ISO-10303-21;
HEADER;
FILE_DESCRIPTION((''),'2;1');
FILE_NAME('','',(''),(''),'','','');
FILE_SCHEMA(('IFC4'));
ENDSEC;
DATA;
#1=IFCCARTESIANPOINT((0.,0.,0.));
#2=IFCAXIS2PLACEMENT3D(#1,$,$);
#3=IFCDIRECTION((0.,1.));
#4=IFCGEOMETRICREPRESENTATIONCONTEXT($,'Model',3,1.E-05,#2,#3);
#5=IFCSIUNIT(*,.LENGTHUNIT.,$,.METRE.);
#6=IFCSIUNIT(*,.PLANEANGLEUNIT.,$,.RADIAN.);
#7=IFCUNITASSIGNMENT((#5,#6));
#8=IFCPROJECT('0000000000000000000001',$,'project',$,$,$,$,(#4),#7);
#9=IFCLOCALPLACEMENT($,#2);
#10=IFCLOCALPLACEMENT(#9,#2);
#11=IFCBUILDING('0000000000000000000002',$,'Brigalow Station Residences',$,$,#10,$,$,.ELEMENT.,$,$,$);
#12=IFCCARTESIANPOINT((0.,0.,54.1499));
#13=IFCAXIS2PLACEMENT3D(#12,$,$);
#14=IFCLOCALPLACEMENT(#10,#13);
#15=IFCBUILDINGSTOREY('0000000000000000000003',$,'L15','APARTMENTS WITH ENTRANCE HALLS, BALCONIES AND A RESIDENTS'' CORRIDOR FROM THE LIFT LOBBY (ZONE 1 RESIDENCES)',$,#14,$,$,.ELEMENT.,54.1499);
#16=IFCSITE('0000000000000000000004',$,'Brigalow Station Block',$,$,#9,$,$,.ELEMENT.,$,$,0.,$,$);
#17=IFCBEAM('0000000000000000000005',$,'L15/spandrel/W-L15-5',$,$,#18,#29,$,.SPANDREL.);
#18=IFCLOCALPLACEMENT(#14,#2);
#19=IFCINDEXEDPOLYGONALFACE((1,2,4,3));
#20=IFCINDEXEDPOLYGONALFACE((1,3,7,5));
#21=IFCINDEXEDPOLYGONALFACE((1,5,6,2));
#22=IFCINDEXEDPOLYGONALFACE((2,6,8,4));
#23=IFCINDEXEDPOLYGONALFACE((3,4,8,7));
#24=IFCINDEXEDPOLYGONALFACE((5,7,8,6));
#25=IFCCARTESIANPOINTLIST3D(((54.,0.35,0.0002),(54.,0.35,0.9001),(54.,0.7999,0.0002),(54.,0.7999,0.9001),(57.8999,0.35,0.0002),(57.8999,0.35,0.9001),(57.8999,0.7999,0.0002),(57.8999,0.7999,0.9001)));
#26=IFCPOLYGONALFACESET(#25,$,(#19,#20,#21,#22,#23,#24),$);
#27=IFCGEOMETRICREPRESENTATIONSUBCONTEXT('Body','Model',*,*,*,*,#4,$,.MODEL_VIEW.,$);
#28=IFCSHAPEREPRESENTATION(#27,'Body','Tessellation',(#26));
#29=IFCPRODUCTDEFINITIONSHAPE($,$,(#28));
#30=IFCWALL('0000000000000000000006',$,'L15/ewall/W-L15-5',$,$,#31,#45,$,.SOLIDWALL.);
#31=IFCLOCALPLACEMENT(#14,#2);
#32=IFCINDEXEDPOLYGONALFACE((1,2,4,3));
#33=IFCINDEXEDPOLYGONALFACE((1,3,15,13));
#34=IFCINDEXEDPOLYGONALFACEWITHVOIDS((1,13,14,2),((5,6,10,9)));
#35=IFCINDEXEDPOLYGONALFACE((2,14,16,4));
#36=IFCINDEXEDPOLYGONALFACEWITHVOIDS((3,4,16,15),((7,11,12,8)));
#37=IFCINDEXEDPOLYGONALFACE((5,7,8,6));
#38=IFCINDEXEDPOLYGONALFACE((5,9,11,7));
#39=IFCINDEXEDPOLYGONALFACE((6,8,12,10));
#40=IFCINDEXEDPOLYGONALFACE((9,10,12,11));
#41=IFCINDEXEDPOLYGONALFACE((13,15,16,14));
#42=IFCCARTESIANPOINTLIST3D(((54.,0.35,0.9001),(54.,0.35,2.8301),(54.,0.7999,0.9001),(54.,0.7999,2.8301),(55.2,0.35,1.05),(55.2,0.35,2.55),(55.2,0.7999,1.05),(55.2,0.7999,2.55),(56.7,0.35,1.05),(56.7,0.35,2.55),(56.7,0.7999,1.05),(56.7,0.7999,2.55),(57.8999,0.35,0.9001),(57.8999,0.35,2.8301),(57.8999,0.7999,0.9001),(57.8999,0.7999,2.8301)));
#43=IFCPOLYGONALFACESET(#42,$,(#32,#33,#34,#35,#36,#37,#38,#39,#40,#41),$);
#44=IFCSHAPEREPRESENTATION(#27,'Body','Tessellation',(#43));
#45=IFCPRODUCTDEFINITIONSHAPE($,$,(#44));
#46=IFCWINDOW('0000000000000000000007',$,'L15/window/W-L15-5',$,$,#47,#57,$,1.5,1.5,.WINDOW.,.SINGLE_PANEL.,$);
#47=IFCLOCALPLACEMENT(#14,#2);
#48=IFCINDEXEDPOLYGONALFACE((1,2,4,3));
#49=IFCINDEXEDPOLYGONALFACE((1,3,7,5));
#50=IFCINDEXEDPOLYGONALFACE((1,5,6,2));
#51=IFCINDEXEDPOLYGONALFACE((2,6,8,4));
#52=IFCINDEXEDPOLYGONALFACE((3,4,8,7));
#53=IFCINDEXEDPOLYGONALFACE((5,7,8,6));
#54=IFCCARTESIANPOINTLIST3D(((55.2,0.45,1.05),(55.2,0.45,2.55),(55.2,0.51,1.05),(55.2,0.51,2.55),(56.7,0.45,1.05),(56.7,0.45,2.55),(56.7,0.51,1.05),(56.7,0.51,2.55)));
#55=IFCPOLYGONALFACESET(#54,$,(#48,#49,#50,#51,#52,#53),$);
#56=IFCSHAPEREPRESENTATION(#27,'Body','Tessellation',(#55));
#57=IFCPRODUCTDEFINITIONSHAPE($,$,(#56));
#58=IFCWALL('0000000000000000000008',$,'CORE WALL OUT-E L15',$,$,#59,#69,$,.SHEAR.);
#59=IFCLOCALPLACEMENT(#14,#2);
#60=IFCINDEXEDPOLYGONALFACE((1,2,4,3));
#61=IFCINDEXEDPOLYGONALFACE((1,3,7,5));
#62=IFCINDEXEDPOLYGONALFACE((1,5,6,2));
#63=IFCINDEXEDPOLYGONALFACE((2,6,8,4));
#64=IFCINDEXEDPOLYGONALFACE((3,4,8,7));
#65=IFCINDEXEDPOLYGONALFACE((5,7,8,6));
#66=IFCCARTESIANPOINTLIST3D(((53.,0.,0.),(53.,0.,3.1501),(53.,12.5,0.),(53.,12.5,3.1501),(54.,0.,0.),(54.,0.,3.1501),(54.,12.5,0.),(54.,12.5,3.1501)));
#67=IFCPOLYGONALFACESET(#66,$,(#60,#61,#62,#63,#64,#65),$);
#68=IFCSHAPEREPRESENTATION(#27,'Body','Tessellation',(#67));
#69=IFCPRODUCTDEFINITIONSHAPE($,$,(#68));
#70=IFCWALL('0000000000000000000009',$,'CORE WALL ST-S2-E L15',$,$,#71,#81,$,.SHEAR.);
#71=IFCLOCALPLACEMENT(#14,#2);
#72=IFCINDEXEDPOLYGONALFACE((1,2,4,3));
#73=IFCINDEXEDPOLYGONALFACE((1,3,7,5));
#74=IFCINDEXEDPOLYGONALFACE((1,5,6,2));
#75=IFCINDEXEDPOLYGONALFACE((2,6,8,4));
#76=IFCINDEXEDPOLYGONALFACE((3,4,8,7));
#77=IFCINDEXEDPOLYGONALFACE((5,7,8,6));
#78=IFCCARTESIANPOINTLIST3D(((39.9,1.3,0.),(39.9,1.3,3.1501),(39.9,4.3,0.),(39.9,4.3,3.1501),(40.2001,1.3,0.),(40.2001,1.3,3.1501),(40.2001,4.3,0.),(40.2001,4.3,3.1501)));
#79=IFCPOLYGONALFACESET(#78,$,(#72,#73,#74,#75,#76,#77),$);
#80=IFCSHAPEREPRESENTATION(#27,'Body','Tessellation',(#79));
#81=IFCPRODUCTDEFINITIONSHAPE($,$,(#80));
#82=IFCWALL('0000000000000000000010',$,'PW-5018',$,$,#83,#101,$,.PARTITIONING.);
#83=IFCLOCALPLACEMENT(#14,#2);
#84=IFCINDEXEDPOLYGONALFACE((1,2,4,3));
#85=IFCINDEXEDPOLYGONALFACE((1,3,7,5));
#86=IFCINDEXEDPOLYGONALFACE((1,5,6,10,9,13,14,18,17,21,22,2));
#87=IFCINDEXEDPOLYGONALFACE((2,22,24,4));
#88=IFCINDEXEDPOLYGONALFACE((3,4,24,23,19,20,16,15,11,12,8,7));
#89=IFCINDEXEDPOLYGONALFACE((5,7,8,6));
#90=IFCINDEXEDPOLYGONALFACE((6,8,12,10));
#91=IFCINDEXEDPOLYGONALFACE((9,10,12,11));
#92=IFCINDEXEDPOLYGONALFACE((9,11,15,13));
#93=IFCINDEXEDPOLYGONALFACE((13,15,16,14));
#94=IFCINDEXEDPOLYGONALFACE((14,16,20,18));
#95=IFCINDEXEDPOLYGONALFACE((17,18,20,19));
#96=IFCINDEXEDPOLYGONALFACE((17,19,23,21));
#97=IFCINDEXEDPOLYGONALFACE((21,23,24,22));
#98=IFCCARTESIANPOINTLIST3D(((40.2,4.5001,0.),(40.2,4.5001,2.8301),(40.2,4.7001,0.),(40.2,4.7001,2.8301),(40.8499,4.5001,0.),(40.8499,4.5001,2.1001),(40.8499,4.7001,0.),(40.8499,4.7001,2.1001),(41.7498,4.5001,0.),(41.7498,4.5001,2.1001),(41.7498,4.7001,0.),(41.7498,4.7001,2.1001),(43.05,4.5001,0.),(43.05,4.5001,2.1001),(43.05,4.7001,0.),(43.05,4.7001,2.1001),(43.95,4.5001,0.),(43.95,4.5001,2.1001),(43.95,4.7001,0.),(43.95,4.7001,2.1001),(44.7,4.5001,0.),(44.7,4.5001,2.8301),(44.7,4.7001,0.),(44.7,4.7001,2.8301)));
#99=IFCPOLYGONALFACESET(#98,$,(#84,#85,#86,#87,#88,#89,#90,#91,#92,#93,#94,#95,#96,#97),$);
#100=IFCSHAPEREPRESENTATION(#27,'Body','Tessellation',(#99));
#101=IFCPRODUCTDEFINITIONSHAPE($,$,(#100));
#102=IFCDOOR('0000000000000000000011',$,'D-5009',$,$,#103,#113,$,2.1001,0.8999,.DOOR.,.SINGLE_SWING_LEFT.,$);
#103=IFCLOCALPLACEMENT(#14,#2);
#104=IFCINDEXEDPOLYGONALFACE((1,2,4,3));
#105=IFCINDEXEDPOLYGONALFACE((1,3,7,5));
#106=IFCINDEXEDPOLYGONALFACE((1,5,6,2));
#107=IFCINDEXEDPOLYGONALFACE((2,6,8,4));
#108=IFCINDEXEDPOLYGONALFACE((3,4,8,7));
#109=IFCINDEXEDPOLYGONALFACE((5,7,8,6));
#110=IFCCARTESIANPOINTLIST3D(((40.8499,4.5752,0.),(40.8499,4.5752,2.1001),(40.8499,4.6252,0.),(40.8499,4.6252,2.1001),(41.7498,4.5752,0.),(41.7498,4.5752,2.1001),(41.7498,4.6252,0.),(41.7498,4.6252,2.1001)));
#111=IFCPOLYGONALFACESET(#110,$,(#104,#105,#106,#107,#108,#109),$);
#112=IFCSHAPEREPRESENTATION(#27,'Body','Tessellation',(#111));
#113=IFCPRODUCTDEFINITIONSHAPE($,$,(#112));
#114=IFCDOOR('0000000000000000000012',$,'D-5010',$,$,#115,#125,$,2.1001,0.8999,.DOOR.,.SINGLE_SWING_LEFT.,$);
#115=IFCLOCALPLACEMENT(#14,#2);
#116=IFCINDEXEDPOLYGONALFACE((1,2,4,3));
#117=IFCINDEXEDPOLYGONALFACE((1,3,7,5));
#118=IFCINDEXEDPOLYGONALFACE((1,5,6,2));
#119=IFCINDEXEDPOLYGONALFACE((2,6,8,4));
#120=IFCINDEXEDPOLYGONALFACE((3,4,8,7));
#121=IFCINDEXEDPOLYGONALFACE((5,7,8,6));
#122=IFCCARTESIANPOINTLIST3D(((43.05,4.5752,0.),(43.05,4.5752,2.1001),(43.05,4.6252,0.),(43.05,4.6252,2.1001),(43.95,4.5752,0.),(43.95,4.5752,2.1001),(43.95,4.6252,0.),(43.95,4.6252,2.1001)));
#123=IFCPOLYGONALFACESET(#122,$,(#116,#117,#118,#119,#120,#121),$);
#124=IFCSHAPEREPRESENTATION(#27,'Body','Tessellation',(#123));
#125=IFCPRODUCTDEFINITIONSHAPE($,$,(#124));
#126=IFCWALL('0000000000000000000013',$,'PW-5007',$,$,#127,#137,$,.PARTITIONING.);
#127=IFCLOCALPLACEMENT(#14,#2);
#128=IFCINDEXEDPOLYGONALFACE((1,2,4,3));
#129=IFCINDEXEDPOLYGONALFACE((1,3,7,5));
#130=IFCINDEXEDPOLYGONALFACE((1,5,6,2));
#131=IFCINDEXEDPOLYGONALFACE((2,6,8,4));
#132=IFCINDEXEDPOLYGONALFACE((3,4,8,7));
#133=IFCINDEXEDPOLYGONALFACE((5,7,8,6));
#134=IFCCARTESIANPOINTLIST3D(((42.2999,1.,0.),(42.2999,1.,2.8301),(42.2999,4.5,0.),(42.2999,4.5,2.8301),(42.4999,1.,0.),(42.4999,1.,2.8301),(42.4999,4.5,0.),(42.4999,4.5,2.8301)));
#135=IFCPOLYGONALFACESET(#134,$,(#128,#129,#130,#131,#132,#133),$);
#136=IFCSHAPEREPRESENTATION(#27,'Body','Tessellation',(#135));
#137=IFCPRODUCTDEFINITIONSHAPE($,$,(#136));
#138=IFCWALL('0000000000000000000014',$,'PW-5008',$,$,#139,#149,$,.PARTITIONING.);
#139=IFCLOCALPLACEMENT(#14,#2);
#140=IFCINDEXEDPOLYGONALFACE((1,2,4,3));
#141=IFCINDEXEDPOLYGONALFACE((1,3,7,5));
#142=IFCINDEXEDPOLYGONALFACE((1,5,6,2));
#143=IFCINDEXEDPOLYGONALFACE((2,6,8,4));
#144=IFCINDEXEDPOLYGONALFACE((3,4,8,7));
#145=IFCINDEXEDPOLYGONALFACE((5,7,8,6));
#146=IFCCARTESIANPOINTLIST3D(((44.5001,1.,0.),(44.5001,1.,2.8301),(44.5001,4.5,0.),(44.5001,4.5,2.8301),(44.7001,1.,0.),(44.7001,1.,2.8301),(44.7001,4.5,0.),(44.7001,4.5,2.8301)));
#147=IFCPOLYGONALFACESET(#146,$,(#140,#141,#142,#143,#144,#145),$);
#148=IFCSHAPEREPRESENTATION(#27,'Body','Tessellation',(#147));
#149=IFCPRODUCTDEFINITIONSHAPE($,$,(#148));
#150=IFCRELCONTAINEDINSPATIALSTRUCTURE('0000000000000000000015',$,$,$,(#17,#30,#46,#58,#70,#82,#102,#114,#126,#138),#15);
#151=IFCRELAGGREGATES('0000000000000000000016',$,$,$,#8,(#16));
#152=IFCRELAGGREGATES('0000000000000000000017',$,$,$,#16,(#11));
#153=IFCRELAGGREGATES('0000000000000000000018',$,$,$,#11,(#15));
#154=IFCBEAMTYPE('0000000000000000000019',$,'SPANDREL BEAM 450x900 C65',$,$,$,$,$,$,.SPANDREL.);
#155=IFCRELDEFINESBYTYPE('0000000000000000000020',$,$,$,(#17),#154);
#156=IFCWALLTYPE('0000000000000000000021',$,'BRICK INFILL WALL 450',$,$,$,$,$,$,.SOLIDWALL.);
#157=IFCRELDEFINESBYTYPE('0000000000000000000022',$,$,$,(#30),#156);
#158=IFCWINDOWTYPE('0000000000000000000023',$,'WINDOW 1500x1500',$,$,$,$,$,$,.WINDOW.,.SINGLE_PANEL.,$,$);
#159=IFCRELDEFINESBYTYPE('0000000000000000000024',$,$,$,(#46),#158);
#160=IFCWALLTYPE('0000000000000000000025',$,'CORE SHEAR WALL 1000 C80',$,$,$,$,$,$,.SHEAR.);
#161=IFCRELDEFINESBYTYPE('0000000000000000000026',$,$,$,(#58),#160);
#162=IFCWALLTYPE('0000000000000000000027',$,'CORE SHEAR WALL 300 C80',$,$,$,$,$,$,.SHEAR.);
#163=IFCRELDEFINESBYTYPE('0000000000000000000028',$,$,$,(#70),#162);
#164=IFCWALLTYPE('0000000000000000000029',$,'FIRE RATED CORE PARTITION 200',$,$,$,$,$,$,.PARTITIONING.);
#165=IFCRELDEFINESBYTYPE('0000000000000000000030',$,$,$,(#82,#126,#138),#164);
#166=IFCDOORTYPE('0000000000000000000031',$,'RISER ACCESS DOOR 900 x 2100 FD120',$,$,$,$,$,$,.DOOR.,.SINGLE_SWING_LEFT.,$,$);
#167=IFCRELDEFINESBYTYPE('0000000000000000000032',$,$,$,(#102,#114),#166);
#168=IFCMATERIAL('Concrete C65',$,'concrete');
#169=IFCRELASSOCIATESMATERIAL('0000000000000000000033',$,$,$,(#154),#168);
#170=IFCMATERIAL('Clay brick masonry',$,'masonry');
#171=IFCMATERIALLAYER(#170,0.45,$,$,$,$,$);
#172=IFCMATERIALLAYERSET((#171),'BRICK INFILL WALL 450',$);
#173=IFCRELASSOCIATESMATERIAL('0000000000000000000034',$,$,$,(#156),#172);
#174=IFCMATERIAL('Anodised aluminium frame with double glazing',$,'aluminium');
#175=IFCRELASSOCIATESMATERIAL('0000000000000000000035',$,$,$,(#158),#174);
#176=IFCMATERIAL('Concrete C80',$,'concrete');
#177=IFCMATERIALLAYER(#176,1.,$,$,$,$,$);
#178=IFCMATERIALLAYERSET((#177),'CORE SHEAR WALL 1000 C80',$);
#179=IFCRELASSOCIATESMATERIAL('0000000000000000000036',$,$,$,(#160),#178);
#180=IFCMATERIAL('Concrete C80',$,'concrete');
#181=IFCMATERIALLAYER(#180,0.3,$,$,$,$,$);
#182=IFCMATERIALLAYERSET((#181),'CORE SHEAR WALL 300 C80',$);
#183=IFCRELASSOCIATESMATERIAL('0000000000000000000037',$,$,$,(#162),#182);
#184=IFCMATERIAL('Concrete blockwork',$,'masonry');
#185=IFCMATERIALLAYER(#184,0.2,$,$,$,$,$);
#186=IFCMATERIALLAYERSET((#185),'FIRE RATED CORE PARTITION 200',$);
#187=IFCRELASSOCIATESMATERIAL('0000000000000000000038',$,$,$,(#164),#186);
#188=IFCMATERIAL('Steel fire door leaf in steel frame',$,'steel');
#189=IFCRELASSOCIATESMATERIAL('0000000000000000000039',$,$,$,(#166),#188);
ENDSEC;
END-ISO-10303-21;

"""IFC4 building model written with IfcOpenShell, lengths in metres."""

from ifc_helpers import new_model, si_unit, direction, frame, frame_2d, origin, origin_2d, place, context, subcontext, project, spatial, rectangle, extrude, material, layer, layer_set, material_profile, profile_set, type_object, element, fill, save


model = new_model("IFC4")

# Units and contexts
model_context = context("Model", 3, precision=1e-05, world=origin(), true_north=direction((0.0, 1.0)))
body_context = subcontext(model_context, "Body", "Model", "MODEL_VIEW")
ifc_project = project(units=[si_unit("LENGTHUNIT", "METRE"), si_unit("PLANEANGLEUNIT", "RADIAN")], contexts=[model_context])

# Site, building, storey
site_placement = place(None, origin())
site = spatial("IfcSite", under=ifc_project, at=site_placement, Name="Brigalow Station Block", CompositionType="ELEMENT", RefElevation=0.0)
building_placement = place(site_placement, origin())
building = spatial("IfcBuilding", under=site, at=building_placement, Name="Brigalow Station Residences", CompositionType="ELEMENT")
storey_placement = place(building_placement, frame((0.0, 0.0, 54.1499)))
storey = spatial("IfcBuildingStorey", under=building, at=storey_placement, Name="L15", Description="APARTMENTS WITH ENTRANCE HALLS, BALCONIES AND A RESIDENTS' CORRIDOR FROM THE LIFT LOBBY (ZONE 1 RESIDENCES)", CompositionType="ELEMENT", Elevation=54.1499)

# Beam
ifc_material_1 = material(Name="Concrete C65", Category="concrete")
ifc_material_profile = material_profile(ifc_material_1, rectangle(XDim=0.45, YDim=0.8999, at=origin_2d()), Name="RC450x900")
ifc_profile_set = profile_set([ifc_material_profile], Name="Concrete C65")
beam_type = type_object("IfcBeamType", Name="SPANDREL BEAM 450x900 C65", PredefinedType="SPANDREL", material=ifc_profile_set)
beam_placement = place(storey_placement, frame((54.0, 0.575, 0.4502), z_axis=(1.0, 0.0, 0.0), x_axis=(0.0, 1.0, 0.0)))
element("IfcBeam", 1, at=beam_placement, inside=storey, type_object=beam_type, Name="L15/spandrel/W-L15-5", PredefinedType="SPANDREL", context=body_context, shape_type="SweptSolid", body=[
    extrude(rectangle(XDim=0.45, YDim=0.8999, at=origin_2d()), origin(), (0.0, 0.0, 1.0), 3.8999),
])

# Wall, opening, window
ifc_material_2 = material(Name="Clay brick masonry", Category="masonry")
ifc_layer_1 = layer(ifc_material_2, 0.45)
ifc_layer_set_1 = layer_set([ifc_layer_1], Name="BRICK INFILL WALL 450")
wall_type_1 = type_object("IfcWallType", Name="BRICK INFILL WALL 450", PredefinedType="SOLIDWALL", material=ifc_layer_set_1)
wall_1_placement = place(storey_placement, frame((54.0, 0.575, 0.9001), z_axis=(0.0, 0.0, 1.0), x_axis=(1.0, 0.0, 0.0)))
wall_1 = element("IfcWall", 2, at=wall_1_placement, inside=storey, type_object=wall_type_1, Name="L15/ewall/W-L15-5", PredefinedType="SOLIDWALL", context=body_context, shape_type="SweptSolid", body=[
    extrude(rectangle(XDim=3.8999, YDim=0.45, at=frame_2d((1.95, 0.0))), origin(), (0.0, 0.0, 1.0), 1.9299),
])
opening_1_placement = place(wall_1_placement, frame((1.2, 0.0, 0.1499)))
opening_1 = element("IfcOpeningElement", 3, at=opening_1_placement, cuts=wall_1, PredefinedType="OPENING", context=body_context, shape_type="SweptSolid", body=[
    extrude(rectangle(XDim=1.5, YDim=1.5, at=frame_2d((0.75, 0.75))), frame((0.0, 0.2349, 0.0), z_axis=(0.0, -1.0, 0.0), x_axis=(1.0, 0.0, 0.0)), (0.0, 0.0, 1.0), 0.47),
])
ifc_material_3 = material(Name="Anodised aluminium frame with double glazing", Category="aluminium")
window_type = type_object("IfcWindowType", Name="WINDOW 1500x1500", PartitioningType="SINGLE_PANEL", PredefinedType="WINDOW", material=ifc_material_3)
window_placement = place(opening_1_placement, origin())
window = element("IfcWindow", 4, at=window_placement, inside=storey, type_object=window_type, Name="L15/window/W-L15-5", OverallHeight=1.5, OverallWidth=1.5, PartitioningType="SINGLE_PANEL", PredefinedType="WINDOW", context=body_context, shape_type="SweptSolid", body=[
    extrude(rectangle(XDim=1.5, YDim=1.5, at=frame_2d((0.75, 0.75))), frame((0.0, -0.0649, 0.0), z_axis=(0.0, -1.0, 0.0), x_axis=(1.0, 0.0, 0.0)), (0.0, 0.0, 1.0), 0.0601),
])
fill(opening_1, window)

# Walls
ifc_material_4 = material(Name="Concrete C80", Category="concrete")
ifc_layer_2 = layer(ifc_material_4, 1.0)
ifc_layer_set_2 = layer_set([ifc_layer_2], Name="CORE SHEAR WALL 1000 C80")
wall_type_2 = type_object("IfcWallType", Name="CORE SHEAR WALL 1000 C80", PredefinedType="SHEAR", material=ifc_layer_set_2)
wall_2_placement = place(storey_placement, frame((53.5, 0.0, 0.0), z_axis=(0.0, 0.0, 1.0), x_axis=(0.0, 1.0, 0.0)))
element("IfcWall", 5, at=wall_2_placement, inside=storey, type_object=wall_type_2, Name="CORE WALL OUT-E L15", PredefinedType="SHEAR", context=body_context, shape_type="SweptSolid", body=[
    extrude(rectangle(XDim=12.5, YDim=1.0, at=frame_2d((6.25, 0.0))), origin(), (0.0, 0.0, 1.0), 3.1501),
])
ifc_material_5 = material(Name="Concrete C80", Category="concrete")
ifc_layer_3 = layer(ifc_material_5, 0.3)
ifc_layer_set_3 = layer_set([ifc_layer_3], Name="CORE SHEAR WALL 300 C80")
wall_type_3 = type_object("IfcWallType", Name="CORE SHEAR WALL 300 C80", PredefinedType="SHEAR", material=ifc_layer_set_3)
wall_3_placement = place(storey_placement, frame((40.05, 1.3, 0.0), z_axis=(0.0, 0.0, 1.0), x_axis=(0.0, 1.0, 0.0)))
element("IfcWall", 6, at=wall_3_placement, inside=storey, type_object=wall_type_3, Name="CORE WALL ST-S2-E L15", PredefinedType="SHEAR", context=body_context, shape_type="SweptSolid", body=[
    extrude(rectangle(XDim=3.0, YDim=0.3, at=frame_2d((1.5, 0.0))), origin(), (0.0, 0.0, 1.0), 3.1501),
])

# Wall, openings, doors
ifc_material_6 = material(Name="Concrete blockwork", Category="masonry")
ifc_layer_4 = layer(ifc_material_6, 0.2)
ifc_layer_set_4 = layer_set([ifc_layer_4], Name="FIRE RATED CORE PARTITION 200")
wall_type_4 = type_object("IfcWallType", Name="FIRE RATED CORE PARTITION 200", PredefinedType="PARTITIONING", material=ifc_layer_set_4)
wall_4_placement = place(storey_placement, frame((40.2, 4.6001, 0.0), z_axis=(0.0, 0.0, 1.0), x_axis=(1.0, 0.0, 0.0)))
wall_4 = element("IfcWall", 7, at=wall_4_placement, inside=storey, type_object=wall_type_4, Name="PW-5018", PredefinedType="PARTITIONING", context=body_context, shape_type="SweptSolid", body=[
    extrude(rectangle(XDim=4.5, YDim=0.2, at=frame_2d((2.25, 0.0))), origin(), (0.0, 0.0, 1.0), 2.8301),
])
opening_2_placement = place(wall_4_placement, frame((0.6499, 0.0, 0.0)))
opening_2 = element("IfcOpeningElement", 8, at=opening_2_placement, cuts=wall_4, PredefinedType="OPENING", context=body_context, shape_type="SweptSolid", body=[
    extrude(rectangle(XDim=0.8999, YDim=2.1001, at=frame_2d((0.45, 1.05))), frame((0.0, 0.1099, 0.0), z_axis=(0.0, -1.0, 0.0), x_axis=(1.0, 0.0, 0.0)), (0.0, 0.0, 1.0), 0.22),
])
opening_3_placement = place(wall_4_placement, frame((2.8501, 0.0, 0.0)))
opening_3 = element("IfcOpeningElement", 9, at=opening_3_placement, cuts=wall_4, PredefinedType="OPENING", context=body_context, shape_type="SweptSolid", body=[
    extrude(rectangle(XDim=0.8999, YDim=2.1001, at=frame_2d((0.45, 1.05))), frame((0.0, 0.1099, 0.0), z_axis=(0.0, -1.0, 0.0), x_axis=(1.0, 0.0, 0.0)), (0.0, 0.0, 1.0), 0.22),
])
ifc_material_7 = material(Name="Steel fire door leaf in steel frame", Category="steel")
door_type_1 = type_object("IfcDoorType", Name="RISER ACCESS DOOR 900 x 2100 FD120", OperationType="SINGLE_SWING_LEFT", PredefinedType="DOOR", material=ifc_material_7)
door_1_placement = place(opening_2_placement, frame((0.8999, 0.0, 0.0), z_axis=(0.0, 0.0, 1.0), x_axis=(-1.0, 0.0, 0.0)))
door_1 = element("IfcDoor", 10, at=door_1_placement, inside=storey, type_object=door_type_1, Name="D-5009", OperationType="SINGLE_SWING_LEFT", OverallHeight=2.1001, OverallWidth=0.8999, PredefinedType="DOOR", context=body_context, shape_type="SweptSolid", body=[
    extrude(rectangle(XDim=0.8999, YDim=2.1001, at=frame_2d((0.45, 1.05))), frame((0.0, 0.0249, 0.0), z_axis=(0.0, -1.0, 0.0), x_axis=(1.0, 0.0, 0.0)), (0.0, 0.0, 1.0), 0.05),
])
fill(opening_2, door_1)
door_2_placement = place(opening_3_placement, frame((0.8999, 0.0, 0.0), z_axis=(0.0, 0.0, 1.0), x_axis=(-1.0, 0.0, 0.0)))
door_2 = element("IfcDoor", 11, at=door_2_placement, inside=storey, type_object=door_type_1, Name="D-5010", OperationType="SINGLE_SWING_LEFT", OverallHeight=2.1001, OverallWidth=0.8999, PredefinedType="DOOR", context=body_context, shape_type="SweptSolid", body=[
    extrude(rectangle(XDim=0.8999, YDim=2.1001, at=frame_2d((0.45, 1.05))), frame((0.0, 0.0249, 0.0), z_axis=(0.0, -1.0, 0.0), x_axis=(1.0, 0.0, 0.0)), (0.0, 0.0, 1.0), 0.05),
])
fill(opening_3, door_2)

# Walls
for number, where, z_axis, x_axis, name in (
    (12, (42.3999, 1.0, 0.0), (0.0, 0.0, 1.0), (0.0, 1.0, 0.0), "PW-5007"),
    (13, (44.6001, 1.0, 0.0), (0.0, 0.0, 1.0), (0.0, 1.0, 0.0), "PW-5008"),
):
    element("IfcWall", number, at=place(storey_placement, frame(where, z_axis=z_axis, x_axis=x_axis)), inside=storey, type_object=wall_type_4, Name=name, PredefinedType="PARTITIONING", context=body_context, shape_type="SweptSolid", body=[
        extrude(rectangle(XDim=3.5, YDim=0.2, at=frame_2d((1.75, 0.0))), origin(), (0.0, 0.0, 1.0), 2.8301),
    ])

save(model, "model.ifc")
